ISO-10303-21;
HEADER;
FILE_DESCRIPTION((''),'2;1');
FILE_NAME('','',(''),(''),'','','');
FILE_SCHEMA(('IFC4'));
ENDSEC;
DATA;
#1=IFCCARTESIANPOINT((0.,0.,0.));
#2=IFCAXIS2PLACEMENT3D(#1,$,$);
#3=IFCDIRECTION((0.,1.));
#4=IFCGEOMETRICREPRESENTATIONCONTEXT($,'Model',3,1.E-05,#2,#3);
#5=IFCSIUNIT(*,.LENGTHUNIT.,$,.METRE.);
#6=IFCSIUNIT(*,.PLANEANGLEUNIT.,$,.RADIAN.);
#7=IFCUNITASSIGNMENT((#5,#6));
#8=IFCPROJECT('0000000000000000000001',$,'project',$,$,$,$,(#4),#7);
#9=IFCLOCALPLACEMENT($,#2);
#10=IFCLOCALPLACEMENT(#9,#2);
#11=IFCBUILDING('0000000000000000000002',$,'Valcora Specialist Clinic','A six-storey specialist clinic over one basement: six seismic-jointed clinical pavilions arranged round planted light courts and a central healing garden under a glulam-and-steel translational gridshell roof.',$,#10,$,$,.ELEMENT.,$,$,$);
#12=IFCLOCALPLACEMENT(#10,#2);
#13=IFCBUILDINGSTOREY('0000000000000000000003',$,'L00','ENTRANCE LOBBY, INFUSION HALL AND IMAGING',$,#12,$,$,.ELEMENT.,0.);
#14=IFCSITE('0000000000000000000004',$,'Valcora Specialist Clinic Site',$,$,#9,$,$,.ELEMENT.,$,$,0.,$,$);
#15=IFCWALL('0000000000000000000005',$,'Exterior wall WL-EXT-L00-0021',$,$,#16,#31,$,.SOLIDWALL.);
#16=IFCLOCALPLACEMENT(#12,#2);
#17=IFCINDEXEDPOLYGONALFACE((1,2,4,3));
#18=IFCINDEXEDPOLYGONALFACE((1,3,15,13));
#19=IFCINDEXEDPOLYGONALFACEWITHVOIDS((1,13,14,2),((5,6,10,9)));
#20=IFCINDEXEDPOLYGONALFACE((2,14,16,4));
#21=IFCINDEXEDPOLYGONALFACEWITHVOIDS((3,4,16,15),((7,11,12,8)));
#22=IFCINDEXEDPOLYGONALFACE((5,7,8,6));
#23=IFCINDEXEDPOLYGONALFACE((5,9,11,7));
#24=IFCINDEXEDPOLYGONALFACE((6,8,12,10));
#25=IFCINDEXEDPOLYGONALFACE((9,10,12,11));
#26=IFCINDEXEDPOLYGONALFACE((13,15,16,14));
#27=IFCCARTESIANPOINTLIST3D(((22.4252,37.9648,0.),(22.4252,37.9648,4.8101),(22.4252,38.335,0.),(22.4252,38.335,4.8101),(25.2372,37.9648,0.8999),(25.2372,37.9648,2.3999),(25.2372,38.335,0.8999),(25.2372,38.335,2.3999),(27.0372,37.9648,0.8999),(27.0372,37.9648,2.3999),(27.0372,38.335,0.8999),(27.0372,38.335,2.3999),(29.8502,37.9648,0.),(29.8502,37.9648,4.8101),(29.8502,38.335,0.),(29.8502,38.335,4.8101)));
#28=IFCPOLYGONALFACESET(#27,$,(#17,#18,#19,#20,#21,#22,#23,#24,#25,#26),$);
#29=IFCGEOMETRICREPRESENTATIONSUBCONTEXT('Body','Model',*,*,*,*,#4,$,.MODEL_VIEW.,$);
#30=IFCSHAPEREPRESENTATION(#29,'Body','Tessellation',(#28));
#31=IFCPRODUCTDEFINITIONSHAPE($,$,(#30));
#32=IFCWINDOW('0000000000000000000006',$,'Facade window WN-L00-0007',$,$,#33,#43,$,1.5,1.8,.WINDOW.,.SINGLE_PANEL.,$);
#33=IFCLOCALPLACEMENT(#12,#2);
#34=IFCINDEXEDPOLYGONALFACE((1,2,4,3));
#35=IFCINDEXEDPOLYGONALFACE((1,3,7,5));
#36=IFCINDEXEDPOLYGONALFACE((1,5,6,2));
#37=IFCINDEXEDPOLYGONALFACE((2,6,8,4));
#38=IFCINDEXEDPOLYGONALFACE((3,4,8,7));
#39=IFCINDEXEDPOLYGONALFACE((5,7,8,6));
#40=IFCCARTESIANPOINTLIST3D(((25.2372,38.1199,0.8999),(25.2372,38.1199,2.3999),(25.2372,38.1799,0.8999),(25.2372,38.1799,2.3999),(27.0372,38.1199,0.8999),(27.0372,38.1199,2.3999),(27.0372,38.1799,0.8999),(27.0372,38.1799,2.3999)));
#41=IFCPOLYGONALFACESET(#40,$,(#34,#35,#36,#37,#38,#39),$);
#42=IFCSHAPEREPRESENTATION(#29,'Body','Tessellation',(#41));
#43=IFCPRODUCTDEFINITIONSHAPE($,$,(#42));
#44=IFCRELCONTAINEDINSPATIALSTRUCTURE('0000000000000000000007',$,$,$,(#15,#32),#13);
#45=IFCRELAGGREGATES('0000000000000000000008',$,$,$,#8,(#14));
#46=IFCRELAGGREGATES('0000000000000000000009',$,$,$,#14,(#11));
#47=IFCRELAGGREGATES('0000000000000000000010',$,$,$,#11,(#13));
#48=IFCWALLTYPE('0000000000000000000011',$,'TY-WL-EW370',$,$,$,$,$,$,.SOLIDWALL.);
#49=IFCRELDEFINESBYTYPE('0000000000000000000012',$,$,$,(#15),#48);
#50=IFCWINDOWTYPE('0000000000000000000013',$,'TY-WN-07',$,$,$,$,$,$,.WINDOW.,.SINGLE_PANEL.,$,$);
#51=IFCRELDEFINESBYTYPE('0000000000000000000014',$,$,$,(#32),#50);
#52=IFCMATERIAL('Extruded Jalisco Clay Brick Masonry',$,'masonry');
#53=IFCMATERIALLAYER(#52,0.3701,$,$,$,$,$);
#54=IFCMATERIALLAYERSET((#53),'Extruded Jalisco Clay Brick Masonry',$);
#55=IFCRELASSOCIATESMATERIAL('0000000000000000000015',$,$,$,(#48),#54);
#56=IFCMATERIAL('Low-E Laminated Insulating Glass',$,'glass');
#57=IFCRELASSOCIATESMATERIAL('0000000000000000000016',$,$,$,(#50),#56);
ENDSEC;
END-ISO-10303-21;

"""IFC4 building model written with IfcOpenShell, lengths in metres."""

from ifc_helpers import new_model, si_unit, direction, frame, frame_2d, origin, place, context, subcontext, project, spatial, rectangle, extrude, material, layer, layer_set, type_object, element, fill, save


model = new_model("IFC4")

# Units and contexts
model_context = context("Model", 3, precision=1e-05, world=origin(), true_north=direction((0.0, 1.0)))
body_context = subcontext(model_context, "Body", "Model", "MODEL_VIEW")
ifc_project = project(units=[si_unit("LENGTHUNIT", "METRE"), si_unit("PLANEANGLEUNIT", "RADIAN")], contexts=[model_context])

# Site, building, storey
site_placement = place(None, origin())
site = spatial("IfcSite", under=ifc_project, at=site_placement, Name="Valcora Specialist Clinic Site", CompositionType="ELEMENT", RefElevation=0.0)
building_placement = place(site_placement, origin())
building = spatial("IfcBuilding", under=site, at=building_placement, Name="Valcora Specialist Clinic", Description="A six-storey specialist clinic over one basement: six seismic-jointed clinical pavilions arranged round planted light courts and a central healing garden under a glulam-and-steel translational gridshell roof.", CompositionType="ELEMENT")
storey_placement = place(building_placement, origin())
storey = spatial("IfcBuildingStorey", under=building, at=storey_placement, Name="L00", Description="ENTRANCE LOBBY, INFUSION HALL AND IMAGING", CompositionType="ELEMENT", Elevation=0.0)

# Wall, opening, window
ifc_material_1 = material(Name="Extruded Jalisco Clay Brick Masonry", Category="masonry")
ifc_material_2 = material(Name="Low-E Laminated Insulating Glass", Category="glass")
ifc_layer_1 = layer(ifc_material_1, 0.3701)
ifc_layer_set_1 = layer_set([ifc_layer_1], Name="Extruded Jalisco Clay Brick Masonry")
wall_type_1 = type_object("IfcWallType", Name="TY-WL-EW370", PredefinedType="SOLIDWALL", material=ifc_layer_set_1)
wall_1_placement = place(storey_placement, frame((29.8501, 38.1499, 0.0), z_axis=(0.0, 0.0, 1.0), x_axis=(-1.0, 0.0, 0.0)))
wall_1 = element("IfcWall", 1, at=wall_1_placement, inside=storey, type_object=wall_type_1, Name="Exterior wall WL-EXT-L00-0021", PredefinedType="SOLIDWALL", context=body_context, shape_type="SweptSolid", body=[
    extrude(rectangle(XDim=7.425, YDim=0.3701, at=frame_2d((3.7124, 0.0))), origin(), (0.0, 0.0, 1.0), 4.8101),
])
opening_1_placement = place(wall_1_placement, frame((2.813, 0.0, 0.8999)))
opening_1 = element("IfcOpeningElement", 2, at=opening_1_placement, cuts=wall_1, PredefinedType="OPENING", context=body_context, shape_type="SweptSolid", body=[
    extrude(rectangle(XDim=1.8, YDim=1.5, at=frame_2d((0.8999, 0.75))), frame((0.0, 0.1951, 0.0), z_axis=(0.0, -1.0, 0.0), x_axis=(1.0, 0.0, 0.0)), (0.0, 0.0, 1.0), 0.3901),
])
window_type_1 = type_object("IfcWindowType", Name="TY-WN-07", PartitioningType="SINGLE_PANEL", PredefinedType="WINDOW", material=ifc_material_2)
window_1_placement = place(opening_1_placement, origin())
window_1 = element("IfcWindow", 3, at=window_1_placement, inside=storey, type_object=window_type_1, Name="Facade window WN-L00-0007", OverallHeight=1.5, OverallWidth=1.8, PartitioningType="SINGLE_PANEL", PredefinedType="WINDOW", context=body_context, shape_type="SweptSolid", body=[
    extrude(rectangle(XDim=1.8, YDim=1.5, at=frame_2d((0.8999, 0.75))), frame((0.0, 0.03, 0.0), z_axis=(0.0, -1.0, 0.0), x_axis=(1.0, 0.0, 0.0)), (0.0, 0.0, 1.0), 0.0601),
])
fill(opening_1, window_1)

save(model, "model.ifc")
